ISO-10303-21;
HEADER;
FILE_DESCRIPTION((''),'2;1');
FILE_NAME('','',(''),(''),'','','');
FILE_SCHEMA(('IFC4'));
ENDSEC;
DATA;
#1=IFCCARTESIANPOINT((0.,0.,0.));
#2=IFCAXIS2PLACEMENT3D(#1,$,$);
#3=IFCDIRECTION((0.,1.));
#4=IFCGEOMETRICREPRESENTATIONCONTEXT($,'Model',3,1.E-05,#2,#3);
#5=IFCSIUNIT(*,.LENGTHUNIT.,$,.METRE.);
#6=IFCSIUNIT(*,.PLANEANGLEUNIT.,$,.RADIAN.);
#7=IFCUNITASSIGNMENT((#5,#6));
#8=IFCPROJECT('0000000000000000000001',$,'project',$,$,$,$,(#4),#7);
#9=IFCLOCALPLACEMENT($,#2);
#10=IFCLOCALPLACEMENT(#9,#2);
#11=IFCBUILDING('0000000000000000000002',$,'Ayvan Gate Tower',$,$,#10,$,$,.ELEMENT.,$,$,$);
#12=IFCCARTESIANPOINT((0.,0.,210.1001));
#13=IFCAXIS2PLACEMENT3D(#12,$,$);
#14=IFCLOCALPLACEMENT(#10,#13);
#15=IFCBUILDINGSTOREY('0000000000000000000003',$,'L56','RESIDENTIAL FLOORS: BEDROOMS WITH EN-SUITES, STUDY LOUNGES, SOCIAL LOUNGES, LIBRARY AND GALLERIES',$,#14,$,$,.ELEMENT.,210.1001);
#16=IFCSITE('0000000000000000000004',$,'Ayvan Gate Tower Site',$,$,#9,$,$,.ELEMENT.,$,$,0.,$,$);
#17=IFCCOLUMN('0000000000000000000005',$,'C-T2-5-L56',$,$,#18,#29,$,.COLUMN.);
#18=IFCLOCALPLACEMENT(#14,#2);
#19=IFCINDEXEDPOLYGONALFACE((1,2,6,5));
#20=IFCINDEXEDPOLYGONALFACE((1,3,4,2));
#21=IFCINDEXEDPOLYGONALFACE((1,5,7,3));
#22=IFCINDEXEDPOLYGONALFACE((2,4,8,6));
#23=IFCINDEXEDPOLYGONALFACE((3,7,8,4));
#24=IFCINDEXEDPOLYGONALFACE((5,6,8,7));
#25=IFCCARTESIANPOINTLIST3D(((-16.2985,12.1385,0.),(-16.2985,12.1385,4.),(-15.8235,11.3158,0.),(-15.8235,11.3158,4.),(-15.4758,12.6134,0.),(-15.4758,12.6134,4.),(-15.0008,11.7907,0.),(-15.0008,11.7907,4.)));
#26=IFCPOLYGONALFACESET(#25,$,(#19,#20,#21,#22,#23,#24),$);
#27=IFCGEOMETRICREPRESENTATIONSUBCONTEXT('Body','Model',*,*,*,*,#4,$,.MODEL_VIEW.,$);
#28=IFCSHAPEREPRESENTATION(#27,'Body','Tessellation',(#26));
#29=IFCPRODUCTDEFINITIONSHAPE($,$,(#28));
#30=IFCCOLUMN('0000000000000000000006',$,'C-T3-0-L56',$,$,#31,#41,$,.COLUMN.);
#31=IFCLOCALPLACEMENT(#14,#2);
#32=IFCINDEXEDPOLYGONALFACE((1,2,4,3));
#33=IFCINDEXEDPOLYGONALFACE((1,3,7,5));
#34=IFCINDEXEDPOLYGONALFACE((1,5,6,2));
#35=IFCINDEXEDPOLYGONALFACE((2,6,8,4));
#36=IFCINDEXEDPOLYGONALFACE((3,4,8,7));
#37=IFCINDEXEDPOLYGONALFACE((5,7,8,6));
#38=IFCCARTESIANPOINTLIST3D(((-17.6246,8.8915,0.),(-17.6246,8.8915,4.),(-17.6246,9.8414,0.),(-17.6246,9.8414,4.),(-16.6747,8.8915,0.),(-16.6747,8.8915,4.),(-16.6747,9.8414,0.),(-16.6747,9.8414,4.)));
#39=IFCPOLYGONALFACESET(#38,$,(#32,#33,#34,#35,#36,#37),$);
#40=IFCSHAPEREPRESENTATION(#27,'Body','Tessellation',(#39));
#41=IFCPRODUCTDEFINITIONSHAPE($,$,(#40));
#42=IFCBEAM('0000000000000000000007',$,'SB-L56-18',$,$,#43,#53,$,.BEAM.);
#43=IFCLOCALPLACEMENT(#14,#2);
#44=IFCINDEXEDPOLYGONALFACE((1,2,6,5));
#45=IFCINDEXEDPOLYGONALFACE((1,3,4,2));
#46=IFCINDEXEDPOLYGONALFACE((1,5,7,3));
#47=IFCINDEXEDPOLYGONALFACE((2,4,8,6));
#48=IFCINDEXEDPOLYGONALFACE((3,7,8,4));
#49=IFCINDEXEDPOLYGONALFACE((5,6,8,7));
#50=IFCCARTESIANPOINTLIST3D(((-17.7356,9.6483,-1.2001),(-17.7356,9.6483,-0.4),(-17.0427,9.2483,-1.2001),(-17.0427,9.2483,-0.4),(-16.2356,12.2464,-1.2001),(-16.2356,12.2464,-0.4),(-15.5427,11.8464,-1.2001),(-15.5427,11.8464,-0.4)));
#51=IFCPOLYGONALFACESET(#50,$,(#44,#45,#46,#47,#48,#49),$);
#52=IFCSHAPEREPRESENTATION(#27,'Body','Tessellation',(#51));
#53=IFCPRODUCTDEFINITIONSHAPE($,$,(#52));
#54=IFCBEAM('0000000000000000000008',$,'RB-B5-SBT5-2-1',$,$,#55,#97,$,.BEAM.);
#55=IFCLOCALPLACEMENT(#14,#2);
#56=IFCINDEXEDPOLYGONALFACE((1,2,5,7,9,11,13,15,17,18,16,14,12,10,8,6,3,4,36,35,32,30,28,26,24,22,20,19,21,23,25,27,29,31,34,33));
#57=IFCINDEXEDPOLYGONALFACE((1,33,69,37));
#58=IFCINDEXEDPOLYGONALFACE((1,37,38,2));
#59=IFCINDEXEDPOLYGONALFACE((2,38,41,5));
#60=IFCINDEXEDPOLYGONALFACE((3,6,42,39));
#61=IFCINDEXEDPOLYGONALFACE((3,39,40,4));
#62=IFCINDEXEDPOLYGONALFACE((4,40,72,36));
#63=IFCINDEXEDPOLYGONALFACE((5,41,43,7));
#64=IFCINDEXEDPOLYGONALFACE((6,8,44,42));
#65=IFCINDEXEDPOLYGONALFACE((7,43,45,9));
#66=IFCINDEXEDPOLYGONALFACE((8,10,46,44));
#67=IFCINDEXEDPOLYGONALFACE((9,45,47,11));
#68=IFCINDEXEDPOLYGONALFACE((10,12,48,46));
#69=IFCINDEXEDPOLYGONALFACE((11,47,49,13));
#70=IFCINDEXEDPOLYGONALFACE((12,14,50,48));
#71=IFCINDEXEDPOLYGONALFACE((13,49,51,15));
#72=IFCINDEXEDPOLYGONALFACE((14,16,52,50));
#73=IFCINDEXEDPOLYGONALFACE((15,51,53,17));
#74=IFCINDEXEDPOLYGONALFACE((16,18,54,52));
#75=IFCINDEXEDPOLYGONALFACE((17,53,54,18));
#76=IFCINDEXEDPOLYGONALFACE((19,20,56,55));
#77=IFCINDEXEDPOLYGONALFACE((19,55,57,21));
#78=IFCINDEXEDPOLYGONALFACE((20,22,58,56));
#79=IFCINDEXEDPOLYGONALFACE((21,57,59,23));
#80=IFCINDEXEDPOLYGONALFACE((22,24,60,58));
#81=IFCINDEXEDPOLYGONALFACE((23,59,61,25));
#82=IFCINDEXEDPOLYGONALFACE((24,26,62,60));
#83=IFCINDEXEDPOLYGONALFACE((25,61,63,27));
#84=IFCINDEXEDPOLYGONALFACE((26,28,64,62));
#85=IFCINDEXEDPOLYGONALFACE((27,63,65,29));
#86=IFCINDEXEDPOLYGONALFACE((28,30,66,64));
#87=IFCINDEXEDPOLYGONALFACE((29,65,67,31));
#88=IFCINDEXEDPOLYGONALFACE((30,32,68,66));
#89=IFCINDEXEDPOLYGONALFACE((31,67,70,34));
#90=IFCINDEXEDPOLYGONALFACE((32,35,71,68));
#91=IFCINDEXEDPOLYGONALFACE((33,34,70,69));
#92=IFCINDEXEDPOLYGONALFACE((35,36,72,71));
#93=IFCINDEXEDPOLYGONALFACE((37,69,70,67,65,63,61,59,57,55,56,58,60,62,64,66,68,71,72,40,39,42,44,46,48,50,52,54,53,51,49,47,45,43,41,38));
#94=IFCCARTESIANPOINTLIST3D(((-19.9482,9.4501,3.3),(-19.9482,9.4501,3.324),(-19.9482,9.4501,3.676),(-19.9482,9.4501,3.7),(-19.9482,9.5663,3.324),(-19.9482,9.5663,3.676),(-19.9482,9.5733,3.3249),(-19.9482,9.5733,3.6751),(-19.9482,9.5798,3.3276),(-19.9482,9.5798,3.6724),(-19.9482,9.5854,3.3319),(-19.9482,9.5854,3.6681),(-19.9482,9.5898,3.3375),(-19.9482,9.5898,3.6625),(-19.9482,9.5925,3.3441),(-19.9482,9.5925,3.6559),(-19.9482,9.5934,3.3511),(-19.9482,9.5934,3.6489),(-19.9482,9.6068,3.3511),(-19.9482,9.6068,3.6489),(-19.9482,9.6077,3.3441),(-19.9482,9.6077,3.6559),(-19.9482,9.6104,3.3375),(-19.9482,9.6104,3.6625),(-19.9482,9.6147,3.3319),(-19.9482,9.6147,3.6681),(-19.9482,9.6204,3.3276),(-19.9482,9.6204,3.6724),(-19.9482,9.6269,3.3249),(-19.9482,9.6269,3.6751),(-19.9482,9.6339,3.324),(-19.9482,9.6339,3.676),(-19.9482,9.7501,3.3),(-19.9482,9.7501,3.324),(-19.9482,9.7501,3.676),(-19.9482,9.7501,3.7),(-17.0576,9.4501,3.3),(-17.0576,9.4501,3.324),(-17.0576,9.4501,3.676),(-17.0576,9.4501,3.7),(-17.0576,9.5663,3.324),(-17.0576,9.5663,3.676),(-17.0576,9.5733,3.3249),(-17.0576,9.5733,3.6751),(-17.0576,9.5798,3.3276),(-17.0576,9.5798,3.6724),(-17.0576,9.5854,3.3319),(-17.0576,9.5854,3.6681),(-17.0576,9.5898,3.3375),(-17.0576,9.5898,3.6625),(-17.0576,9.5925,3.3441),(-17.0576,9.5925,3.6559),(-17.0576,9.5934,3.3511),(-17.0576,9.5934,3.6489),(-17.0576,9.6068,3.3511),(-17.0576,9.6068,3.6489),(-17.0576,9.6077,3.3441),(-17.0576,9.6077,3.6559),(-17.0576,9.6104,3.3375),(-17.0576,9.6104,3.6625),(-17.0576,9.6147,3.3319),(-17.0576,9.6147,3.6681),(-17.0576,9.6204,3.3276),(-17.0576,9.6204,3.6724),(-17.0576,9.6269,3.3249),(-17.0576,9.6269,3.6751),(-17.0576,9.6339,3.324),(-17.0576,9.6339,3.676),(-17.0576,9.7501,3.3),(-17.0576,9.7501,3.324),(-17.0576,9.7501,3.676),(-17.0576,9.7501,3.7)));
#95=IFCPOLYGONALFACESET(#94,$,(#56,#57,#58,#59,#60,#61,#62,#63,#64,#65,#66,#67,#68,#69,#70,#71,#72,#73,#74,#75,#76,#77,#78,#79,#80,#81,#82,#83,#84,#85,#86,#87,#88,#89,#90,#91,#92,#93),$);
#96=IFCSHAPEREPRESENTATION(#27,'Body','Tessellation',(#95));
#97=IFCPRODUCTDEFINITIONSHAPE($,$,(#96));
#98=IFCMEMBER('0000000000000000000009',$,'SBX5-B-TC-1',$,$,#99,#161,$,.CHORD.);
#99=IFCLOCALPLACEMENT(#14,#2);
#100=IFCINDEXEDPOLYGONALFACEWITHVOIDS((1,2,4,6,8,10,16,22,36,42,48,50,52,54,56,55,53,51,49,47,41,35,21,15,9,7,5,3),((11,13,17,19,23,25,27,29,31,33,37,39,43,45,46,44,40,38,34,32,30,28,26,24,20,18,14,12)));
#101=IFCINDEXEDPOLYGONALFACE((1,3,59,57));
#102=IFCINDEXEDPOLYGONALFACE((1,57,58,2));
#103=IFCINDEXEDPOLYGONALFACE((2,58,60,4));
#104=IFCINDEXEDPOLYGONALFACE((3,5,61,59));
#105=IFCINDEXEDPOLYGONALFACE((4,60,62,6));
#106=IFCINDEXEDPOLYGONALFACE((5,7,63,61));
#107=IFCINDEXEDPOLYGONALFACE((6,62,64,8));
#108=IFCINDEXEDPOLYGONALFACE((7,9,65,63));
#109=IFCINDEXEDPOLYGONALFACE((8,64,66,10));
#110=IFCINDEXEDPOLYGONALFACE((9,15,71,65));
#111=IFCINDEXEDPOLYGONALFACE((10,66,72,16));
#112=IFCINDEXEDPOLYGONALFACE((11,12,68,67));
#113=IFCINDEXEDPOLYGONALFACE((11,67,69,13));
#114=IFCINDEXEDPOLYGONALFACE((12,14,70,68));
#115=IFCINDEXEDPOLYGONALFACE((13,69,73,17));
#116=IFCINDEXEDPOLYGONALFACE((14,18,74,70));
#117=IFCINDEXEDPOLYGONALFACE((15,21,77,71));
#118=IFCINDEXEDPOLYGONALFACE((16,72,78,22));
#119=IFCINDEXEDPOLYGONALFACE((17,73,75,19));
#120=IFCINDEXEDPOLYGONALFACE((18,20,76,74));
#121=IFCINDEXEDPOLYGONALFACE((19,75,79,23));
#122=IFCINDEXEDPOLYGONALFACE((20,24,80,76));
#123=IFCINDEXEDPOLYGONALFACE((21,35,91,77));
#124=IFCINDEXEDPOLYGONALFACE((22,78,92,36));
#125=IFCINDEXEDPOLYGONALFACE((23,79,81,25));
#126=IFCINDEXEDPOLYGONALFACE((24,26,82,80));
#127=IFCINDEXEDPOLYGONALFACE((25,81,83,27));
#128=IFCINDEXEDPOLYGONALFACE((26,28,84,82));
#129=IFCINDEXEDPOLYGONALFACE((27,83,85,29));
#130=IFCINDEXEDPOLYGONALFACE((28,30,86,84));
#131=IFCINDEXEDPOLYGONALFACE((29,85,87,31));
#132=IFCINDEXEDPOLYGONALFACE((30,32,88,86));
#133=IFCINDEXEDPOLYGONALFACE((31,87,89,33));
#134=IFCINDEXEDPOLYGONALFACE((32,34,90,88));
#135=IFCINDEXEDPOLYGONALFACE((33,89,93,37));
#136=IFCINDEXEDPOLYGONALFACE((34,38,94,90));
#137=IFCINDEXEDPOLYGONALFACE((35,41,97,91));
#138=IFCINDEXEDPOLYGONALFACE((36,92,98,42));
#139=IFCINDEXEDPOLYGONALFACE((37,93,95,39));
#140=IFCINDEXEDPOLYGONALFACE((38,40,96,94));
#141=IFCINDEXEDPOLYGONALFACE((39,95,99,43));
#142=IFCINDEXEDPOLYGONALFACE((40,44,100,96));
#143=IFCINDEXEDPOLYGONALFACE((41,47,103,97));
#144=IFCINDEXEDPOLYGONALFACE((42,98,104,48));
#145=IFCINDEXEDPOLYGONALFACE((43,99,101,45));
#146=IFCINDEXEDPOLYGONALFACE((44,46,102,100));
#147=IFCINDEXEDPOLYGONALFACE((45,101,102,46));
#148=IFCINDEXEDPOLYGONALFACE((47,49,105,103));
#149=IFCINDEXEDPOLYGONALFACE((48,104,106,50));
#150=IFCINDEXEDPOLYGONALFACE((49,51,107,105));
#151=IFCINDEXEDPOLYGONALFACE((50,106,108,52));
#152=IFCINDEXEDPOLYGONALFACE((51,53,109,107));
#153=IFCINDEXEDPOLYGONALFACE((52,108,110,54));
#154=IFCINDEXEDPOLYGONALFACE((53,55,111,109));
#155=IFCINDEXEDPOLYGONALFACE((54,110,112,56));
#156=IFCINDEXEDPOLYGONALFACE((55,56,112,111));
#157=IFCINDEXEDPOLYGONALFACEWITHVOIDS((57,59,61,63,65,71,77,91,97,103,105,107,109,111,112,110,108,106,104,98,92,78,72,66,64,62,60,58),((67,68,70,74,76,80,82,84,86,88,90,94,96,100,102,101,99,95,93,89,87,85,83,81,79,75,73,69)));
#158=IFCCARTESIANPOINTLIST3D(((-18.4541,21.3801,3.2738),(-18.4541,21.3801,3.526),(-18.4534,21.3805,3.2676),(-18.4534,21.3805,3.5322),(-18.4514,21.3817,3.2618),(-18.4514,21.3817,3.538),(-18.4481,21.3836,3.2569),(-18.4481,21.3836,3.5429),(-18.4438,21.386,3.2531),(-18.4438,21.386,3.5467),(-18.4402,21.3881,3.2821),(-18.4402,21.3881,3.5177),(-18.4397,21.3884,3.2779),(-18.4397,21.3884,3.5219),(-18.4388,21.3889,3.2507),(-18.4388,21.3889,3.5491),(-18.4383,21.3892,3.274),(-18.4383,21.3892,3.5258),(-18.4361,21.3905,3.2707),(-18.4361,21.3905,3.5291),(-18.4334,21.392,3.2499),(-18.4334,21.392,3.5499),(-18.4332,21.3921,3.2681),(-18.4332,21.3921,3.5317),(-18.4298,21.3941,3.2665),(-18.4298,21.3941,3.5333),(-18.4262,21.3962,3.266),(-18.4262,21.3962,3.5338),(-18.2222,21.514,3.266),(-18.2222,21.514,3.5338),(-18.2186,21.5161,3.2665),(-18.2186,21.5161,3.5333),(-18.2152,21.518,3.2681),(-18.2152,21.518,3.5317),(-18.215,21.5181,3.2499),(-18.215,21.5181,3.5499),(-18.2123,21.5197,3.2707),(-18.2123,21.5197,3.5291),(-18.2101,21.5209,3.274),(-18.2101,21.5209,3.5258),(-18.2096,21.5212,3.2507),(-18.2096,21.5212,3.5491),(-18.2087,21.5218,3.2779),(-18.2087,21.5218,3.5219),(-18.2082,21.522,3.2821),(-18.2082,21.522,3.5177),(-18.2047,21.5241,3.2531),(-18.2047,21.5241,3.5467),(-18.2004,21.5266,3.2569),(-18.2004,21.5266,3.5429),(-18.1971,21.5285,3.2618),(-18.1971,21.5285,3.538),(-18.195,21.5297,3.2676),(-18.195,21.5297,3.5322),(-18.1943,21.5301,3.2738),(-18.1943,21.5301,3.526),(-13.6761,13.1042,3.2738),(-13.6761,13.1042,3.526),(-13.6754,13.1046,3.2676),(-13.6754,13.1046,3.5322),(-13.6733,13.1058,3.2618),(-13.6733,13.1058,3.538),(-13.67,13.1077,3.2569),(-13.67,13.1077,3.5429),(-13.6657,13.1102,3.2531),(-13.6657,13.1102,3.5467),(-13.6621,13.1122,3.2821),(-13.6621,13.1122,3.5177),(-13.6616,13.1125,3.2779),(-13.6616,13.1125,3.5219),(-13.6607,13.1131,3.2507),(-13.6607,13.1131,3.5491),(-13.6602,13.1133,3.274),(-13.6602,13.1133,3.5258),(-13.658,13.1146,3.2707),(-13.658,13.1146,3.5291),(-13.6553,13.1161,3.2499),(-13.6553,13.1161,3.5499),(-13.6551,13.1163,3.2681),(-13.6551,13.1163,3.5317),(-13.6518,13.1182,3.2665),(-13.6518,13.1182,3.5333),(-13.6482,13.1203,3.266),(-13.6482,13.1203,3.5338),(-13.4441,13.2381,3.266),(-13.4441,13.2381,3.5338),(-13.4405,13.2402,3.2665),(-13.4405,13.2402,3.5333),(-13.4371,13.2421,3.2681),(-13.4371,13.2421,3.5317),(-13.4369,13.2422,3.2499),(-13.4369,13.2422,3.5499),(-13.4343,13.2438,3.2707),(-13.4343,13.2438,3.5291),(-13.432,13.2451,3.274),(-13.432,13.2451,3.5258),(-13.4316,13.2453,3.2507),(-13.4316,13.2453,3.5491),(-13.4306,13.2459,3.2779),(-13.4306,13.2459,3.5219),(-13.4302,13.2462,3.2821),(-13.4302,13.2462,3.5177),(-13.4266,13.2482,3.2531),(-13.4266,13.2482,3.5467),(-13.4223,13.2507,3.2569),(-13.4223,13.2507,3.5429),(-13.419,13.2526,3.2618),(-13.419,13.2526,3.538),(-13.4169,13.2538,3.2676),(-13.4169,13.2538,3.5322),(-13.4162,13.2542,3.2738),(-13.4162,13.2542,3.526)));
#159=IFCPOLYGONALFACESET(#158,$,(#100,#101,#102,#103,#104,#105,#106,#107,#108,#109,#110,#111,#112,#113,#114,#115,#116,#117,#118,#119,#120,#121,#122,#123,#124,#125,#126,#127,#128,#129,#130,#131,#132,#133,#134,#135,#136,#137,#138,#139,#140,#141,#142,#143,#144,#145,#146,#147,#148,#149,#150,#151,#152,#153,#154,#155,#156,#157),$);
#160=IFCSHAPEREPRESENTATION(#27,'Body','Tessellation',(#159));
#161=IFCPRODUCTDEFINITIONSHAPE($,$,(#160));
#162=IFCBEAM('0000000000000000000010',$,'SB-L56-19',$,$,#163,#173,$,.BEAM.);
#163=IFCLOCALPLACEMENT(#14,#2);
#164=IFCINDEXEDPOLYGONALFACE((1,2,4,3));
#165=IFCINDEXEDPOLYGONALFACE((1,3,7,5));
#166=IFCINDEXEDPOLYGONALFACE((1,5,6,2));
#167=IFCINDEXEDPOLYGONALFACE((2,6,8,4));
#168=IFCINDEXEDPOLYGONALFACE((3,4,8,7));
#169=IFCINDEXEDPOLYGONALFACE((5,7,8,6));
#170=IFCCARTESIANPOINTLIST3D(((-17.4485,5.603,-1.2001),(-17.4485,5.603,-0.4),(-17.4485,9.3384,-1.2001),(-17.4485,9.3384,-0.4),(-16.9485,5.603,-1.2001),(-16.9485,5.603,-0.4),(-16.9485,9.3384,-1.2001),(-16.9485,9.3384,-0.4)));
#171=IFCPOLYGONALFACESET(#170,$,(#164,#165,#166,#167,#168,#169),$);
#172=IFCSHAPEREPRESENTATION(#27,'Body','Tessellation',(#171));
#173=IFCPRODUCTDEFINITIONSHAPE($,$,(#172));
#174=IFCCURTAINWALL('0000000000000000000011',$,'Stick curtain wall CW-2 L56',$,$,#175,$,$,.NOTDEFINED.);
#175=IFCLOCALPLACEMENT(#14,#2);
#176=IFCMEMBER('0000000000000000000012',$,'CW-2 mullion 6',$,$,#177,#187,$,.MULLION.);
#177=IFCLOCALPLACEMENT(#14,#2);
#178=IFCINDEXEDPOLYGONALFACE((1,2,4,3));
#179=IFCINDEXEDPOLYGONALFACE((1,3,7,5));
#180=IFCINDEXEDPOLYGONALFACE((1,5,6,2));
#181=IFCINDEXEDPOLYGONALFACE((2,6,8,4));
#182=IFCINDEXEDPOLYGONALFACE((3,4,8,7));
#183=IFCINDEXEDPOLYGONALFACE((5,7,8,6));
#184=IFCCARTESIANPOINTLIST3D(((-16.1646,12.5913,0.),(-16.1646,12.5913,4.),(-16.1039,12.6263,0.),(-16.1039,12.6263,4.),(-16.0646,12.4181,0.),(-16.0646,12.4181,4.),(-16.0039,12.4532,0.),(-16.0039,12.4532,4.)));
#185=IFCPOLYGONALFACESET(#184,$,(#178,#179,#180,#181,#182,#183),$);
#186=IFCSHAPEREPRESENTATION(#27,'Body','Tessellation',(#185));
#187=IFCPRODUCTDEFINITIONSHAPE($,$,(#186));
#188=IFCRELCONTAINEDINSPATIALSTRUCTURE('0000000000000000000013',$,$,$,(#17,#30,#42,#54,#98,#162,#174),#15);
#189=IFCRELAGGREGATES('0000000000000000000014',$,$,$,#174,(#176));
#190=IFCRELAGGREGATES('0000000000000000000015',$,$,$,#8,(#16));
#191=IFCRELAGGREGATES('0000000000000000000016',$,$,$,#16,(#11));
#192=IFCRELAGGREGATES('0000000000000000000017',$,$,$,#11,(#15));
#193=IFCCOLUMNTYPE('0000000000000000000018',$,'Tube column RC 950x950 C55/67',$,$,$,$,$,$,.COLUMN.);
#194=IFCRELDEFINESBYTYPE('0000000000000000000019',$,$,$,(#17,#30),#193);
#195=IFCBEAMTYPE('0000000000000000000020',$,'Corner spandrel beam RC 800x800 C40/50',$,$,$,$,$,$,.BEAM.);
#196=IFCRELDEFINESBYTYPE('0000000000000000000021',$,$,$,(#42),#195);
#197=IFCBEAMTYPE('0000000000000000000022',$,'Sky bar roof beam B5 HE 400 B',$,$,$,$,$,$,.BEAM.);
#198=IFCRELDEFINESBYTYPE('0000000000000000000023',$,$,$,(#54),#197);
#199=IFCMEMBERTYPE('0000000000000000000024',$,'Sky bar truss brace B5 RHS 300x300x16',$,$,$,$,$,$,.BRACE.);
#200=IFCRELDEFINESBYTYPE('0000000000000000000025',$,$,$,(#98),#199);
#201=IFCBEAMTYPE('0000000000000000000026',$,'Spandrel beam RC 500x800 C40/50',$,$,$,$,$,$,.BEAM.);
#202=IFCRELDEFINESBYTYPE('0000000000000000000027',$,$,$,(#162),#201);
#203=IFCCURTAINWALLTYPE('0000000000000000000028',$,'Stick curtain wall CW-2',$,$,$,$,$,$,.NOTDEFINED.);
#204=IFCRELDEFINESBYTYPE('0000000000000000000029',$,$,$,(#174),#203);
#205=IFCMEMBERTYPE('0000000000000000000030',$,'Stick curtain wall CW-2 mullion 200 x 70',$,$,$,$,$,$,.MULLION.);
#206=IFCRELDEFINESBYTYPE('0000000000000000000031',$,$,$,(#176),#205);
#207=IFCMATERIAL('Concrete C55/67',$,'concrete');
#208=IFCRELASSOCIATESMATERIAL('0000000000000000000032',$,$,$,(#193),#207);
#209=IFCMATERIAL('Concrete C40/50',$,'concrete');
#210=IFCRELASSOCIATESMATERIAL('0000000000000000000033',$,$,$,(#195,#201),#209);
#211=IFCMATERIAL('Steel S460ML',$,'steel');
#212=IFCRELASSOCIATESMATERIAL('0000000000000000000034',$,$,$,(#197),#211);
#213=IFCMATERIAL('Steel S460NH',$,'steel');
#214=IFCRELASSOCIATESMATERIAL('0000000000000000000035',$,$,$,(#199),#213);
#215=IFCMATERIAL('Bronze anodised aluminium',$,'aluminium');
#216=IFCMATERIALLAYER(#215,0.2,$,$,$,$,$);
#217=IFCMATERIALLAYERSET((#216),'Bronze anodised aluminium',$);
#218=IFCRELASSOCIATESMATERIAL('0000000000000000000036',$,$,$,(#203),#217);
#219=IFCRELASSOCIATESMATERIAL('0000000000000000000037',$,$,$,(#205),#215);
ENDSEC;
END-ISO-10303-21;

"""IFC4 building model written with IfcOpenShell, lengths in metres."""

from ifc_helpers import new_model, si_unit, direction, frame, origin, origin_2d, place, context, subcontext, project, spatial, rectangle, hollow_rectangle, i_section, extrude, material, layer, layer_set, material_profile, profile_set, type_object, element, aggregate, save


model = new_model("IFC4")

# Units and contexts
model_context = context("Model", 3, precision=1e-05, world=origin(), true_north=direction((0.0, 1.0)))
body_context = subcontext(model_context, "Body", "Model", "MODEL_VIEW")
ifc_project = project(units=[si_unit("LENGTHUNIT", "METRE"), si_unit("PLANEANGLEUNIT", "RADIAN")], contexts=[model_context])

# Site, building, storey
site_placement = place(None, origin())
site = spatial("IfcSite", under=ifc_project, at=site_placement, Name="Ayvan Gate Tower Site", CompositionType="ELEMENT", RefElevation=0.0)
building_placement = place(site_placement, origin())
building = spatial("IfcBuilding", under=site, at=building_placement, Name="Ayvan Gate Tower", CompositionType="ELEMENT")
storey_placement = place(building_placement, frame((0.0, 0.0, 210.1001)))
storey = spatial("IfcBuildingStorey", under=building, at=storey_placement, Name="L56", Description="RESIDENTIAL FLOORS: BEDROOMS WITH EN-SUITES, STUDY LOUNGES, SOCIAL LOUNGES, LIBRARY AND GALLERIES", CompositionType="ELEMENT", Elevation=210.1001)

# Columns
ifc_material_1 = material(Name="Concrete C55/67", Category="concrete")
ifc_material_profile_1 = material_profile(ifc_material_1, rectangle(XDim=0.95, YDim=0.95, at=origin_2d()), Name="RC 950x950")
ifc_profile_set_1 = profile_set([ifc_material_profile_1], Name="Concrete C55/67")
column_type = type_object("IfcColumnType", Name="Tube column RC 950x950 C55/67", PredefinedType="COLUMN", material=ifc_profile_set_1)
for number, where, z_axis, x_axis, name in (
    (1, (-15.6497, 11.9646, 0.0), (0.0, 0.0, 1.0), (-0.5, 0.866025, 0.0), "C-T2-5-L56"),
    (2, (-17.1497, 9.3665, 0.0), (0.0, 0.0, 1.0), (-1.0, 0.0, 0.0), "C-T3-0-L56"),
):
    element("IfcColumn", number, at=place(storey_placement, frame(where, z_axis=z_axis, x_axis=x_axis)), inside=storey, type_object=column_type, Name=name, PredefinedType="COLUMN", context=body_context, shape_type="SweptSolid", body=[
        extrude(rectangle(XDim=0.95, YDim=0.95, at=origin_2d()), origin(), (0.0, 0.0, 1.0), 4.0),
    ])

# Beams
ifc_material_2 = material(Name="Concrete C40/50", Category="concrete")
ifc_material_profile_2 = material_profile(ifc_material_2, rectangle(XDim=0.8, YDim=0.8, at=origin_2d()), Name="RC 800x800")
ifc_profile_set_2 = profile_set([ifc_material_profile_2], Name="Concrete C40/50")
beam_type_1 = type_object("IfcBeamType", Name="Corner spandrel beam RC 800x800 C40/50", PredefinedType="BEAM", material=ifc_profile_set_2)
beam_1_placement = place(storey_placement, frame((-15.8892, 12.0464, -0.8), z_axis=(-0.49999, -0.866031, 0.0), x_axis=(0.866031, -0.49999, 0.0)))
element("IfcBeam", 3, at=beam_1_placement, inside=storey, type_object=beam_type_1, Name="SB-L56-18", PredefinedType="BEAM", context=body_context, shape_type="SweptSolid", body=[
    extrude(rectangle(XDim=0.8, YDim=0.8, at=origin_2d()), origin(), (0.0, 0.0, 1.0), 3.0),
])
ifc_material_3 = material(Name="Steel S460ML", Category="steel")
ifc_material_profile_3 = material_profile(ifc_material_3, i_section(OverallWidth=0.3, OverallDepth=0.3999, WebThickness=0.0134, FlangeThickness=0.0239, FilletRadius=0.0271, at=origin_2d()), Name="HE 400 B")
ifc_profile_set_3 = profile_set([ifc_material_profile_3], Name="Steel S460ML")
beam_type_2 = type_object("IfcBeamType", Name="Sky bar roof beam B5 HE 400 B", PredefinedType="BEAM", material=ifc_profile_set_3)
beam_2_placement = place(storey_placement, frame((-17.0576, 9.6001, 3.5), z_axis=(-1.0, 0.0, 0.0), x_axis=(0.0, -1.0, 0.0)))
element("IfcBeam", 4, at=beam_2_placement, inside=storey, type_object=beam_type_2, Name="RB-B5-SBT5-2-1", PredefinedType="BEAM", context=body_context, shape_type="SweptSolid", body=[
    extrude(i_section(OverallWidth=0.3, OverallDepth=0.3999, WebThickness=0.0134, FlangeThickness=0.0239, FilletRadius=0.0271, at=origin_2d()), origin(), (0.0, 0.0, 1.0), 2.8906),
])

# Member
ifc_material_4 = material(Name="Steel S460NH", Category="steel")
ifc_material_profile_4 = material_profile(ifc_material_4, hollow_rectangle(XDim=0.3, YDim=0.3, WallThickness=0.0161, InnerFilletRadius=0.0161, OuterFilletRadius=0.0239, at=origin_2d()), Name="RHS 300x300x16")
ifc_profile_set_4 = profile_set([ifc_material_profile_4], Name="Steel S460NH")
member_type_1 = type_object("IfcMemberType", Name="Sky bar truss brace B5 RHS 300x300x16", PredefinedType="BRACE", material=ifc_profile_set_4)
member_1_placement = place(storey_placement, frame((-13.5461, 13.1792, 3.3999), z_axis=(-0.5, 0.866026, 0.0), x_axis=(-0.866026, -0.5, 0.0)))
element("IfcMember", 5, at=member_1_placement, inside=storey, type_object=member_type_1, Name="SBX5-B-TC-1", PredefinedType="CHORD", context=body_context, shape_type="SweptSolid", body=[
    extrude(hollow_rectangle(XDim=0.3, YDim=0.3, WallThickness=0.0161, InnerFilletRadius=0.0161, OuterFilletRadius=0.0239, at=origin_2d()), origin(), (0.0, 0.0, 1.0), 9.5562),
])

# Beam
ifc_material_profile_5 = material_profile(ifc_material_2, rectangle(XDim=0.5, YDim=0.8, at=origin_2d()), Name="RC 500x800")
ifc_profile_set_5 = profile_set([ifc_material_profile_5], Name="Concrete C40/50")
beam_type_3 = type_object("IfcBeamType", Name="Spandrel beam RC 500x800 C40/50", PredefinedType="BEAM", material=ifc_profile_set_5)
beam_3_placement = place(storey_placement, frame((-17.1985, 9.3384, -0.8), z_axis=(0.0, -1.0, 0.0), x_axis=(1.0, 0.0, 0.0)))
element("IfcBeam", 6, at=beam_3_placement, inside=storey, type_object=beam_type_3, Name="SB-L56-19", PredefinedType="BEAM", context=body_context, shape_type="SweptSolid", body=[
    extrude(rectangle(XDim=0.5, YDim=0.8, at=origin_2d()), origin(), (0.0, 0.0, 1.0), 3.7354),
])

# Curtain wall, member
ifc_material_5 = material(Name="Bronze anodised aluminium", Category="aluminium")
ifc_layer_1 = layer(ifc_material_5, 0.2)
ifc_layer_set_1 = layer_set([ifc_layer_1], Name="Bronze anodised aluminium")
curtain_wall_type_1 = type_object("IfcCurtainWallType", Name="Stick curtain wall CW-2", PredefinedType="NOTDEFINED", material=ifc_layer_set_1)
curtain_wall_1_placement = place(storey_placement, origin())
curtain_wall_1 = element("IfcCurtainWall", 7, at=curtain_wall_1_placement, inside=storey, type_object=curtain_wall_type_1, Name="Stick curtain wall CW-2 L56", PredefinedType="NOTDEFINED")
ifc_material_profile_6 = material_profile(ifc_material_5, rectangle(XDim=0.2, YDim=0.0701, at=origin_2d()), Name="Stick curtain wall CW-2 mullion 200 x 70")
ifc_profile_set_6 = profile_set([ifc_material_profile_6], Name="Bronze anodised aluminium")
member_type_2 = type_object("IfcMemberType", Name="Stick curtain wall CW-2 mullion 200 x 70", PredefinedType="MULLION", material=ifc_profile_set_6)
member_2_placement = place(storey_placement, frame((-16.0842, 12.5222, 0.0), z_axis=(0.0, 0.0, 1.0), x_axis=(-0.5, 0.866025, 0.0)))
member_2 = element("IfcMember", 8, at=member_2_placement, type_object=member_type_2, Name="CW-2 mullion 6", PredefinedType="MULLION", context=body_context, shape_type="SweptSolid", body=[
    extrude(rectangle(XDim=0.2, YDim=0.0701, at=origin_2d()), origin(), (0.0, 0.0, 1.0), 4.0),
])

aggregate(curtain_wall_1, [member_2])

save(model, "model.ifc")
